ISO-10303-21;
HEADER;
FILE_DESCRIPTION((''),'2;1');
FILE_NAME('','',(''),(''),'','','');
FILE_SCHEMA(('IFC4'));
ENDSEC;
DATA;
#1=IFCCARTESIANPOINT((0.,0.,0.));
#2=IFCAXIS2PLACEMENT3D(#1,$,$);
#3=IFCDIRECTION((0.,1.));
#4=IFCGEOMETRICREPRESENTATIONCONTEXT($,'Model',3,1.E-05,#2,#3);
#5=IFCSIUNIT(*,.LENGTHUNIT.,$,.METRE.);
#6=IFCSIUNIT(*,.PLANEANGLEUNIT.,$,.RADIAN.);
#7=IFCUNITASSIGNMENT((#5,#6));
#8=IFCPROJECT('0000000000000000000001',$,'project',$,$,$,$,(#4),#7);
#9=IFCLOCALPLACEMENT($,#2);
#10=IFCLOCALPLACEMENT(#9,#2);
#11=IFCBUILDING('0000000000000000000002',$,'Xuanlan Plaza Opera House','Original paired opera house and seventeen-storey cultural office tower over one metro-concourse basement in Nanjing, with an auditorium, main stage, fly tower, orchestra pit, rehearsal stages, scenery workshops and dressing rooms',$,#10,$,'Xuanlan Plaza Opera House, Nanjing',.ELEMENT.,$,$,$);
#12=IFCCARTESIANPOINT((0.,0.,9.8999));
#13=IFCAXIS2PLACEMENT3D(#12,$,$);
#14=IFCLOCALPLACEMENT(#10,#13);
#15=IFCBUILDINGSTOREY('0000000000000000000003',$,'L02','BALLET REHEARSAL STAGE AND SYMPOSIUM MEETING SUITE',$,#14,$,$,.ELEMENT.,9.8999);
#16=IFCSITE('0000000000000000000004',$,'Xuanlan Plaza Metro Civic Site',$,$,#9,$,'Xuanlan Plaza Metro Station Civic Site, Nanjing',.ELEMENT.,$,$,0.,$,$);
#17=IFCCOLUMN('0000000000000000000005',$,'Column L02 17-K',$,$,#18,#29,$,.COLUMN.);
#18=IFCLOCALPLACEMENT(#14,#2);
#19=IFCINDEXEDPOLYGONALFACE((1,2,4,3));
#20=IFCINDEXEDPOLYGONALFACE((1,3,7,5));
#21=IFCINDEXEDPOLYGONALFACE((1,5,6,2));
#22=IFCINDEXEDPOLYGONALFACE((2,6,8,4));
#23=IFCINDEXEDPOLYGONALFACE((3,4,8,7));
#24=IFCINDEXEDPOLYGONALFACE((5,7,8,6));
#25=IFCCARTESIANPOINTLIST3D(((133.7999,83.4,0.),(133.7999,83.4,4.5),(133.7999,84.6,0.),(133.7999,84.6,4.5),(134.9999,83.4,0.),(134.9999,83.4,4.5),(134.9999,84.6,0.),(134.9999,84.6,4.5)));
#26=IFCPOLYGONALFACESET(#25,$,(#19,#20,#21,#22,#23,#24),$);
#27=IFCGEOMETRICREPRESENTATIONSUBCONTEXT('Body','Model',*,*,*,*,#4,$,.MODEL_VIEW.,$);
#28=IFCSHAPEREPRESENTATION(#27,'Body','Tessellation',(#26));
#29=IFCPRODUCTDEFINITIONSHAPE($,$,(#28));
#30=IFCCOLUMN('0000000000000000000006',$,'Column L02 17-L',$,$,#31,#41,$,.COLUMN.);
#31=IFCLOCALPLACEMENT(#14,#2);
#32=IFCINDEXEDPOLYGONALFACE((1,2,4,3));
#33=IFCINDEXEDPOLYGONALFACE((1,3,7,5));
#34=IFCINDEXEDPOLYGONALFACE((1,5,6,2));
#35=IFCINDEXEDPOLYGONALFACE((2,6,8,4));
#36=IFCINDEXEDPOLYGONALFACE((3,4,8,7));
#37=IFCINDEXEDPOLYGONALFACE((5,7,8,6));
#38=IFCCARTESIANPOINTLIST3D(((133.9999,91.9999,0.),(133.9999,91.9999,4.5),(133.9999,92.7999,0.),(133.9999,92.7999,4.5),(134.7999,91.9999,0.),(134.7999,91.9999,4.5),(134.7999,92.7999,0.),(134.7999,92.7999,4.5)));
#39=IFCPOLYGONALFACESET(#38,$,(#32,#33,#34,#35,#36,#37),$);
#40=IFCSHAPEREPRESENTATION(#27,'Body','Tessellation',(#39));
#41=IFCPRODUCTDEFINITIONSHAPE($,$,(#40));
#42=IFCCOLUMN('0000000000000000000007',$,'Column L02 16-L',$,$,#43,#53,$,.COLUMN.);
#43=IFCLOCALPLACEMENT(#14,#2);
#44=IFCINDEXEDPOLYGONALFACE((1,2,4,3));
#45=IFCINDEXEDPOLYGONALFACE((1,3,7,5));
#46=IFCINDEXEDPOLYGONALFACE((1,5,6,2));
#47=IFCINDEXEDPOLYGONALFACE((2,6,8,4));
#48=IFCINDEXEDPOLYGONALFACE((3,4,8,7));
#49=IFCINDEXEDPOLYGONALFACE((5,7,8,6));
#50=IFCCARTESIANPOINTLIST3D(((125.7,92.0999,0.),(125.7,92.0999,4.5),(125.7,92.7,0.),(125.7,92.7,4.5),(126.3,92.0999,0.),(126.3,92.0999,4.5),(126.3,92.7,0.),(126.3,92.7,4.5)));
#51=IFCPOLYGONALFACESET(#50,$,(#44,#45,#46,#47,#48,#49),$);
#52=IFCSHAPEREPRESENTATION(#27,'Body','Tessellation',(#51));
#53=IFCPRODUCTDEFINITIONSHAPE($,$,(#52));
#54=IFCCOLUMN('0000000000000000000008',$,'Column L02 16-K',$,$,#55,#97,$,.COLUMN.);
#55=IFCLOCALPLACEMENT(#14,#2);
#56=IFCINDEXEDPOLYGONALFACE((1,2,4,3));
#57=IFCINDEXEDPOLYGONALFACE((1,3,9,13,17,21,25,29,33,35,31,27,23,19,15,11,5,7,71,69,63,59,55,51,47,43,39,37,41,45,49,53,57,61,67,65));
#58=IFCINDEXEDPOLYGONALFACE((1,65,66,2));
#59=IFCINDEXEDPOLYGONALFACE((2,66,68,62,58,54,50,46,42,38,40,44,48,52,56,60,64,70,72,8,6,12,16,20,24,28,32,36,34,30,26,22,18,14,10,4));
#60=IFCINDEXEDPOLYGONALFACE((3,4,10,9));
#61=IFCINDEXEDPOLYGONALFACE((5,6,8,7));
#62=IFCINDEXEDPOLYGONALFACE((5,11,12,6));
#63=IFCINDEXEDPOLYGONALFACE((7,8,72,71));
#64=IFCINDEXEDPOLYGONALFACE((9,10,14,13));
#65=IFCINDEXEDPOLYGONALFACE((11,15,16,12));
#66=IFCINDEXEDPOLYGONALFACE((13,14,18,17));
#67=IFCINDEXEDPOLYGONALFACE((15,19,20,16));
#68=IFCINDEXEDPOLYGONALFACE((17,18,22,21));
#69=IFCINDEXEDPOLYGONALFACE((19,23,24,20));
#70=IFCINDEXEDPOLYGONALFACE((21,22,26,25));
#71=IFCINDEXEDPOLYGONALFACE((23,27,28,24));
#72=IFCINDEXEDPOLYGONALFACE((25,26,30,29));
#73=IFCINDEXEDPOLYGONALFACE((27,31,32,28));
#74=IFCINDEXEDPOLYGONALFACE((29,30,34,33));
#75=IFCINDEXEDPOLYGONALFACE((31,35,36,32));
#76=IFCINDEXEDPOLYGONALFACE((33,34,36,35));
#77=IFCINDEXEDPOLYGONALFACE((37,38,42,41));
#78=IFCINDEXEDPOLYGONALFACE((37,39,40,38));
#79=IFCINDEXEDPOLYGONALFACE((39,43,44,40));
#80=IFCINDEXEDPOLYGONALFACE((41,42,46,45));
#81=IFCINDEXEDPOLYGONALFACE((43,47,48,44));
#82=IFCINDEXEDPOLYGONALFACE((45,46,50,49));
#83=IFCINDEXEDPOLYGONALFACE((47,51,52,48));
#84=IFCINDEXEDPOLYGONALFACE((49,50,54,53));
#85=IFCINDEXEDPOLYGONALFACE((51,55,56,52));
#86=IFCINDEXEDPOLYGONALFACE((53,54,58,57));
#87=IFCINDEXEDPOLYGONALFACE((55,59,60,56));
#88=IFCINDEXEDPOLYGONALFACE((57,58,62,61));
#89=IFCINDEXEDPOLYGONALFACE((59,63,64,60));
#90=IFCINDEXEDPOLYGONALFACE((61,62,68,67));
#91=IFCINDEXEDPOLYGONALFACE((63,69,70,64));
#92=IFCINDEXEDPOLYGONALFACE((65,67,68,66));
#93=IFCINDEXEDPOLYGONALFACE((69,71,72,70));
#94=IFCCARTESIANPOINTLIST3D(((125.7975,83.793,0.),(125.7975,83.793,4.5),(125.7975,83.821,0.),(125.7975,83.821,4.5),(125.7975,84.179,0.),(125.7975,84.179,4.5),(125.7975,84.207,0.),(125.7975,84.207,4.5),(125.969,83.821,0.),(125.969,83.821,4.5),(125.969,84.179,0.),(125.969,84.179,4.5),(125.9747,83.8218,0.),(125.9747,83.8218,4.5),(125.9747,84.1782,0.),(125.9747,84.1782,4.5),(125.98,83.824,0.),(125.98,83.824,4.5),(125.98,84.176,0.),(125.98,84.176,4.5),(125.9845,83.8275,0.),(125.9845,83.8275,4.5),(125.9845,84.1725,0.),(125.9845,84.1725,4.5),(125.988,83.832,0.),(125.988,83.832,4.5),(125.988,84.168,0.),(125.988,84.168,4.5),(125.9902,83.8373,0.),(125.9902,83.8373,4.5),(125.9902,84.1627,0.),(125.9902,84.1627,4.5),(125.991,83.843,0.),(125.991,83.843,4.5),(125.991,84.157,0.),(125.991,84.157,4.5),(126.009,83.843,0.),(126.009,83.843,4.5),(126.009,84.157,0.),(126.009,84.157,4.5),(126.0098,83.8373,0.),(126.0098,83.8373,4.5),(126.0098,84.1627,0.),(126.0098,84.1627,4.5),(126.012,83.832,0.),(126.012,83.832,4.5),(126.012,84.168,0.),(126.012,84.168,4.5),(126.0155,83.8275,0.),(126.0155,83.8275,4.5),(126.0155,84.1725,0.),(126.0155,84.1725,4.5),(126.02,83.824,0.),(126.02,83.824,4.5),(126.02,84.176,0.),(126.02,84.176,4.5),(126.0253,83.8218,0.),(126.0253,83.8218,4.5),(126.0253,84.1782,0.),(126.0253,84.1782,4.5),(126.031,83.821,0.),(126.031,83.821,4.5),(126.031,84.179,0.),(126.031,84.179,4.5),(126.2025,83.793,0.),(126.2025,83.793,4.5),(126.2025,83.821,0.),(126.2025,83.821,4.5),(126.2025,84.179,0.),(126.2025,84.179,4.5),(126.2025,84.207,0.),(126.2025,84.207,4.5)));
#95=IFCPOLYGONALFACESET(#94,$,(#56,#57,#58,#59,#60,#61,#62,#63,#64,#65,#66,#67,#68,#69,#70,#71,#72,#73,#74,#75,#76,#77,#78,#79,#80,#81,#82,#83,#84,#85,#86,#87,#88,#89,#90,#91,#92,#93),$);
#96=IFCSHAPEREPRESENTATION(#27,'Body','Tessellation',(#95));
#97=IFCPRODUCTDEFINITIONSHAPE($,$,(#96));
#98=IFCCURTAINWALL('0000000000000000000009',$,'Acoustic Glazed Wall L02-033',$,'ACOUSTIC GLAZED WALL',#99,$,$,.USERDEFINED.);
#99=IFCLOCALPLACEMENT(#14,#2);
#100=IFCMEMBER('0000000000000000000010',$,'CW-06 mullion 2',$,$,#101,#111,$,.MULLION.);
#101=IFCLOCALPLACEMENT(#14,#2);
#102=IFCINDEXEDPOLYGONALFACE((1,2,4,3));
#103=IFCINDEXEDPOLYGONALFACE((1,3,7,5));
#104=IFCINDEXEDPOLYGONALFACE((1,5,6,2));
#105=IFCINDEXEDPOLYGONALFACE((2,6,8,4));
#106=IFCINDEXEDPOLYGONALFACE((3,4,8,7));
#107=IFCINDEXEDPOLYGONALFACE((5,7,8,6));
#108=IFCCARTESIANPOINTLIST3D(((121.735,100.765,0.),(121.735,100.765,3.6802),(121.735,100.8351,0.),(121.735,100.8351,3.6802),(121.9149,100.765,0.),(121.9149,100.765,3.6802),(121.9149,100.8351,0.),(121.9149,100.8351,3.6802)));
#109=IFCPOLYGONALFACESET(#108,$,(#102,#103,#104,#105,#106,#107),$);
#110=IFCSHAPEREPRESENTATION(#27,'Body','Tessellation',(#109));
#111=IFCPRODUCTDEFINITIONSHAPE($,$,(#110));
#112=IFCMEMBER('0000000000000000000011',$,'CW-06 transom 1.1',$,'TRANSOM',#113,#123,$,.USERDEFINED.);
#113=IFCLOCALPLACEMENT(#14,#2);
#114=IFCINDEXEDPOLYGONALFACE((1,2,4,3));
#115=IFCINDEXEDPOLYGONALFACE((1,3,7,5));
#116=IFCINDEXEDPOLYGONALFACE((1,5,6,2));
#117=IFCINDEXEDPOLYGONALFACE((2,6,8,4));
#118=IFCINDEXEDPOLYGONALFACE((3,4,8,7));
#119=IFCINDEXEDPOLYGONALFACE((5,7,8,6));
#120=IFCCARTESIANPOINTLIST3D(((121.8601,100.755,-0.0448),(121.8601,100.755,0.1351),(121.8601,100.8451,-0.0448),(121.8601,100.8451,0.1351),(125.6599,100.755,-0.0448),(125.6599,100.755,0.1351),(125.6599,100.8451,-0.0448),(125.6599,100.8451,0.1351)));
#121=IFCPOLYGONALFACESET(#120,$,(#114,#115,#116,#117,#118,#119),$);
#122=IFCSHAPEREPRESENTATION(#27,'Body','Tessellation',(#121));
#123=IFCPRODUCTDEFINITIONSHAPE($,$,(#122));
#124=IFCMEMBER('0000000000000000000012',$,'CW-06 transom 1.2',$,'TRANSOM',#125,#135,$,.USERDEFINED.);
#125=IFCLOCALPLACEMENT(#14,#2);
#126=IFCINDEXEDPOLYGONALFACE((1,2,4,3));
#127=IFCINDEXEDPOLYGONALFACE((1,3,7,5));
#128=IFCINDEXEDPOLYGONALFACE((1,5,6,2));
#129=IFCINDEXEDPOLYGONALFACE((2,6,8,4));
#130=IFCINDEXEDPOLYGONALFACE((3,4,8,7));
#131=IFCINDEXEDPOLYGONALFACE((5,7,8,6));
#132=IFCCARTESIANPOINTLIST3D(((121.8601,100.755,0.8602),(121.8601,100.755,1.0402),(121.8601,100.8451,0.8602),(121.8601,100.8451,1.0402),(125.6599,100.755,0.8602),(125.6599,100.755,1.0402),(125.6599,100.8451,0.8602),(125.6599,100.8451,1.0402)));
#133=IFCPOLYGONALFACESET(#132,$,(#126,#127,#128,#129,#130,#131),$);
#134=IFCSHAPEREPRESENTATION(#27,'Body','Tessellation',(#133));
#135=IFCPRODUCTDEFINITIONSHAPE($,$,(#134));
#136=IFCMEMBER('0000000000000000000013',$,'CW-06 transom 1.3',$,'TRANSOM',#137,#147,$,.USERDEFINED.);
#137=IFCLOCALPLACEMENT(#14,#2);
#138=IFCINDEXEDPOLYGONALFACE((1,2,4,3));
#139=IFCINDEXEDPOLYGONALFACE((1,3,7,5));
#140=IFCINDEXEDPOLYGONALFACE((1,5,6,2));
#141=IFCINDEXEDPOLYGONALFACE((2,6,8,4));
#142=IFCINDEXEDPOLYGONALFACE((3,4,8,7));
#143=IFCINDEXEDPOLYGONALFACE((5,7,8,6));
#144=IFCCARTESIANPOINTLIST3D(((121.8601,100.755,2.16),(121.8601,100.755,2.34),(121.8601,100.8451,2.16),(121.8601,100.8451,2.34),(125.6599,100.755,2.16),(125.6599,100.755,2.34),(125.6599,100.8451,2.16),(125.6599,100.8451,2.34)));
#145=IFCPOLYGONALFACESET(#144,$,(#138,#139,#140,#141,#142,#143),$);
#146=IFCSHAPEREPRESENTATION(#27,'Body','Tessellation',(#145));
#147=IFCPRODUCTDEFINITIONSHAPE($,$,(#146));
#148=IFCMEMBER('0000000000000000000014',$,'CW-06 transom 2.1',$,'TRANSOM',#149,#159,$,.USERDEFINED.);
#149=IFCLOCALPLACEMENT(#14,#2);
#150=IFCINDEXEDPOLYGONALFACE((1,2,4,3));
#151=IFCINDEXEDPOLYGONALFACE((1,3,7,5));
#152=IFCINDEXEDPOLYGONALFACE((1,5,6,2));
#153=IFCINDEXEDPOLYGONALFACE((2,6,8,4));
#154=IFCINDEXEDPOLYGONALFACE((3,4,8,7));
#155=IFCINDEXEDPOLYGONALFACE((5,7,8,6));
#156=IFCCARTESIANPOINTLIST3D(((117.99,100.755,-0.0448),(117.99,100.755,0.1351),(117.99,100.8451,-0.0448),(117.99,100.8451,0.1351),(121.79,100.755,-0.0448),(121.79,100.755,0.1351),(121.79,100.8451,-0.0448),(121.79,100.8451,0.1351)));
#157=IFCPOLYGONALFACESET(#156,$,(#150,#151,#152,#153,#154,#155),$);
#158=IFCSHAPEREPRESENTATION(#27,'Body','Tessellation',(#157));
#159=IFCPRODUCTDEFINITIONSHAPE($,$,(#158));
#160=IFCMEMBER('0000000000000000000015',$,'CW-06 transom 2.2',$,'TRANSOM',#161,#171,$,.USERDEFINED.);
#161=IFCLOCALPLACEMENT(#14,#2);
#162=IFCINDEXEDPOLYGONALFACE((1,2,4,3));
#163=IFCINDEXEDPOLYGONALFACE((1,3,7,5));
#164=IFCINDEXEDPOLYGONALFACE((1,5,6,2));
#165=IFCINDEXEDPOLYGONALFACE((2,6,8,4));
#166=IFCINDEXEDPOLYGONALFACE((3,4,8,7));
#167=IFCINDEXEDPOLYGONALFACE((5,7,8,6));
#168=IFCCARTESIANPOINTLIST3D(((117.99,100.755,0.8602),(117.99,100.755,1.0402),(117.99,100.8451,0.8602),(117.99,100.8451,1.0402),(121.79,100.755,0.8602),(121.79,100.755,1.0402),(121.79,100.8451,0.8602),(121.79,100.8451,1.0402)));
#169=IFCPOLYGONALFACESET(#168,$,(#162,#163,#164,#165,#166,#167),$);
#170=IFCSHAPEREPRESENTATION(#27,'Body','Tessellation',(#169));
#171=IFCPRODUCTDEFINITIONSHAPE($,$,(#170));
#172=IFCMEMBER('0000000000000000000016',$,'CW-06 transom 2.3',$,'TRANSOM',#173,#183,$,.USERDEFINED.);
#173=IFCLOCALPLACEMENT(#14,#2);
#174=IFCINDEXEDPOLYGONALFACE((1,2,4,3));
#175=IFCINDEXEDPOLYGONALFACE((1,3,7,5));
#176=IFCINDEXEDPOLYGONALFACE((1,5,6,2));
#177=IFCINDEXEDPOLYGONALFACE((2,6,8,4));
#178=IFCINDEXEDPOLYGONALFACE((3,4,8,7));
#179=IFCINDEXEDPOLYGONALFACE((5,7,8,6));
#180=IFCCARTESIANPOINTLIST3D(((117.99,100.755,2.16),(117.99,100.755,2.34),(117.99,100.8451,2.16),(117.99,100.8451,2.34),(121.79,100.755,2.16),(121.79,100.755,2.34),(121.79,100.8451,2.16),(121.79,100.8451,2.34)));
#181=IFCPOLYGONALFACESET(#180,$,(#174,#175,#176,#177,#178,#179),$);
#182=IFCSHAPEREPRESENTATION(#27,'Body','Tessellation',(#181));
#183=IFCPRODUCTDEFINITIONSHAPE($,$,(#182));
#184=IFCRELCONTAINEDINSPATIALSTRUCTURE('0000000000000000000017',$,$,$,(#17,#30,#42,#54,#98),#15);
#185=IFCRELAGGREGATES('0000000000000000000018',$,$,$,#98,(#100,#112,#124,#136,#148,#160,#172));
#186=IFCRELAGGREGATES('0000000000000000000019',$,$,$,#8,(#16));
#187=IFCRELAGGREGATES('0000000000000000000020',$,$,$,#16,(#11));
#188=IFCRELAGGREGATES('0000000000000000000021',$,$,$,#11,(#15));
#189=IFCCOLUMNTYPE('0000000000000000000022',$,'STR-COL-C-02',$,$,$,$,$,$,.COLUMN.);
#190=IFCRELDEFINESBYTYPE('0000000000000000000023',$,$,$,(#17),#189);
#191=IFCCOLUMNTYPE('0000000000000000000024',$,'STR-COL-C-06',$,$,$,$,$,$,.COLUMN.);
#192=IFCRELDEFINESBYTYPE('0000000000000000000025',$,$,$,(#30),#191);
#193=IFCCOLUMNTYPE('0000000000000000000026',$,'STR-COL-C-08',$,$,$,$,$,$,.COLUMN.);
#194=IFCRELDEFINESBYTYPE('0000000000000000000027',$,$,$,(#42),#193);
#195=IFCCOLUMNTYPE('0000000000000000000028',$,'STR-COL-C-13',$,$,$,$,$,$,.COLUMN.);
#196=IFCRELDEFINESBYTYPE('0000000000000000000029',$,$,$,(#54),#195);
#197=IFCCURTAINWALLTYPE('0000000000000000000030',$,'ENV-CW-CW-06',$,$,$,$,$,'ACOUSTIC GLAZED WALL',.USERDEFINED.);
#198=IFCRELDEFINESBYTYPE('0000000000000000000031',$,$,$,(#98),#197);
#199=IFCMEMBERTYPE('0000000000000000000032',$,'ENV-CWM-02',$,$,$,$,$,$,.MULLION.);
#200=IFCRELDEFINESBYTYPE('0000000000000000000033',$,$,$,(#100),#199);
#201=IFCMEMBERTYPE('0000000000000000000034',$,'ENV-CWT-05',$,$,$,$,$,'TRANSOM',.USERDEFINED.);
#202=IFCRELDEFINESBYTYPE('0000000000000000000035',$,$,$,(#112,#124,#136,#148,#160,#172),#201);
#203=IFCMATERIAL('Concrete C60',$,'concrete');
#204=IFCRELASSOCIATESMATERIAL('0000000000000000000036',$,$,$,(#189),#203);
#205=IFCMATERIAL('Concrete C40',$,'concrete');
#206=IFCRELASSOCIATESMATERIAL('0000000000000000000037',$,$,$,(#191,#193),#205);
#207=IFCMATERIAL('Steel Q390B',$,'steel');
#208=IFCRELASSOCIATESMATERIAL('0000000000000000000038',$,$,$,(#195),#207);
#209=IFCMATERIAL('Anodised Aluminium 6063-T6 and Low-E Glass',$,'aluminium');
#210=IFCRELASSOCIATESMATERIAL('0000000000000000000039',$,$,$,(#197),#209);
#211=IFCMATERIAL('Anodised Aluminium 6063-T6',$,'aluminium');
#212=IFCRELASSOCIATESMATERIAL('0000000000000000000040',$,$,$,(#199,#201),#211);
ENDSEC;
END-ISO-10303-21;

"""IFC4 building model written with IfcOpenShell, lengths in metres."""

from ifc_helpers import new_model, si_unit, direction, frame, origin, origin_2d, place, context, subcontext, project, spatial, rectangle, i_section, extrude, material, material_profile, profile_set, type_object, element, aggregate, save


model = new_model("IFC4")

# Units and contexts
model_context = context("Model", 3, precision=1e-05, world=origin(), true_north=direction((0.0, 1.0)))
body_context = subcontext(model_context, "Body", "Model", "MODEL_VIEW")
ifc_project = project(units=[si_unit("LENGTHUNIT", "METRE"), si_unit("PLANEANGLEUNIT", "RADIAN")], contexts=[model_context])

# Site, building, storey
site_placement = place(None, origin())
site = spatial("IfcSite", under=ifc_project, at=site_placement, Name="Xuanlan Plaza Metro Civic Site", LongName="Xuanlan Plaza Metro Station Civic Site, Nanjing", CompositionType="ELEMENT", RefElevation=0.0)
building_placement = place(site_placement, origin())
building = spatial("IfcBuilding", under=site, at=building_placement, Name="Xuanlan Plaza Opera House", Description="Original paired opera house and seventeen-storey cultural office tower over one metro-concourse basement in Nanjing, with an auditorium, main stage, fly tower, orchestra pit, rehearsal stages, scenery workshops and dressing rooms", LongName="Xuanlan Plaza Opera House, Nanjing", CompositionType="ELEMENT")
storey_placement = place(building_placement, frame((0.0, 0.0, 9.8999)))
storey = spatial("IfcBuildingStorey", under=building, at=storey_placement, Name="L02", Description="BALLET REHEARSAL STAGE AND SYMPOSIUM MEETING SUITE", CompositionType="ELEMENT", Elevation=9.8999)

# Columns
ifc_material_1 = material(Name="Concrete C60", Category="concrete")
ifc_material_profile_1 = material_profile(ifc_material_1, rectangle(XDim=1.2, YDim=1.2, at=origin_2d()), Name="RC-COL 1200x1200")
ifc_profile_set_1 = profile_set([ifc_material_profile_1], Name="Concrete C60")
column_type_1 = type_object("IfcColumnType", Name="STR-COL-C-02", PredefinedType="COLUMN", material=ifc_profile_set_1)
column_1_placement = place(storey_placement, frame((134.3999, 84.0, 0.0), z_axis=(0.0, 0.0, 1.0), x_axis=(1.0, 0.0, 0.0)))
element("IfcColumn", 1, at=column_1_placement, inside=storey, type_object=column_type_1, Name="Column L02 17-K", PredefinedType="COLUMN", context=body_context, shape_type="SweptSolid", body=[
    extrude(rectangle(XDim=1.2, YDim=1.2, at=origin_2d()), origin(), (0.0, 0.0, 1.0), 4.5),
])
ifc_material_2 = material(Name="Concrete C40", Category="concrete")
ifc_material_profile_2 = material_profile(ifc_material_2, rectangle(XDim=0.8, YDim=0.8, at=origin_2d()), Name="RC-COL 800x800")
ifc_profile_set_2 = profile_set([ifc_material_profile_2], Name="Concrete C40")
column_type_2 = type_object("IfcColumnType", Name="STR-COL-C-06", PredefinedType="COLUMN", material=ifc_profile_set_2)
column_2_placement = place(storey_placement, frame((134.3999, 92.3999, 0.0), z_axis=(0.0, 0.0, 1.0), x_axis=(1.0, 0.0, 0.0)))
element("IfcColumn", 2, at=column_2_placement, inside=storey, type_object=column_type_2, Name="Column L02 17-L", PredefinedType="COLUMN", context=body_context, shape_type="SweptSolid", body=[
    extrude(rectangle(XDim=0.8, YDim=0.8, at=origin_2d()), origin(), (0.0, 0.0, 1.0), 4.5),
])
ifc_material_profile_3 = material_profile(ifc_material_2, rectangle(XDim=0.6001, YDim=0.6001, at=origin_2d()), Name="RC-COL 600x600")
ifc_profile_set_3 = profile_set([ifc_material_profile_3], Name="Concrete C40")
column_type_3 = type_object("IfcColumnType", Name="STR-COL-C-08", PredefinedType="COLUMN", material=ifc_profile_set_3)
column_3_placement = place(storey_placement, frame((126.0, 92.3999, 0.0), z_axis=(0.0, 0.0, 1.0), x_axis=(1.0, 0.0, 0.0)))
element("IfcColumn", 3, at=column_3_placement, inside=storey, type_object=column_type_3, Name="Column L02 16-L", PredefinedType="COLUMN", context=body_context, shape_type="SweptSolid", body=[
    extrude(rectangle(XDim=0.6001, YDim=0.6001, at=origin_2d()), origin(), (0.0, 0.0, 1.0), 4.5),
])
ifc_material_3 = material(Name="Steel Q390B", Category="steel")
ifc_material_profile_4 = material_profile(ifc_material_3, i_section(OverallWidth=0.405, OverallDepth=0.4141, WebThickness=0.0181, FlangeThickness=0.0281, FilletRadius=0.022, at=origin_2d()), Name="HW 414x405x18x28")
ifc_profile_set_4 = profile_set([ifc_material_profile_4], Name="Steel Q390B")
column_type_4 = type_object("IfcColumnType", Name="STR-COL-C-13", PredefinedType="COLUMN", material=ifc_profile_set_4)
column_4_placement = place(storey_placement, frame((126.0, 84.0, 0.0), z_axis=(0.0, 0.0, 1.0), x_axis=(1.0, 0.0, 0.0)))
element("IfcColumn", 4, at=column_4_placement, inside=storey, type_object=column_type_4, Name="Column L02 16-K", PredefinedType="COLUMN", context=body_context, shape_type="SweptSolid", body=[
    extrude(i_section(OverallWidth=0.405, OverallDepth=0.4141, WebThickness=0.0181, FlangeThickness=0.0281, FilletRadius=0.022, at=origin_2d()), origin(), (0.0, 0.0, 1.0), 4.5),
])

# Curtain wall, members
ifc_material_4 = material(Name="Anodised Aluminium 6063-T6 and Low-E Glass", Category="aluminium")
curtain_wall_type = type_object("IfcCurtainWallType", Name="ENV-CW-CW-06", ElementType="ACOUSTIC GLAZED WALL", PredefinedType="USERDEFINED", material=ifc_material_4)
curtain_wall_placement = place(storey_placement, origin())
curtain_wall = element("IfcCurtainWall", 5, at=curtain_wall_placement, inside=storey, type_object=curtain_wall_type, Name="Acoustic Glazed Wall L02-033", ObjectType="ACOUSTIC GLAZED WALL", PredefinedType="USERDEFINED")
ifc_material_5 = material(Name="Anodised Aluminium 6063-T6", Category="aluminium")
ifc_material_profile_5 = material_profile(ifc_material_5, rectangle(XDim=0.0701, YDim=0.1799, at=origin_2d()), Name="ALU-M 70x180")
ifc_profile_set_5 = profile_set([ifc_material_profile_5], Name="Anodised Aluminium 6063-T6")
member_type_1 = type_object("IfcMemberType", Name="ENV-CWM-02", PredefinedType="MULLION", material=ifc_profile_set_5)
member_1_placement = place(storey_placement, frame((121.825, 100.8, 0.0), z_axis=(0.0, 0.0, 1.0), x_axis=(0.0, -1.0, 0.0)))
member_1 = element("IfcMember", 6, at=member_1_placement, type_object=member_type_1, Name="CW-06 mullion 2", PredefinedType="MULLION", context=body_context, shape_type="SweptSolid", body=[
    extrude(rectangle(XDim=0.0701, YDim=0.1799, at=origin_2d()), origin(), (0.0, 0.0, 1.0), 3.6802),
])
ifc_material_profile_6 = material_profile(ifc_material_5, rectangle(XDim=0.0901, YDim=0.1799, at=origin_2d()), Name="ALU-T 90x180")
ifc_profile_set_6 = profile_set([ifc_material_profile_6], Name="Anodised Aluminium 6063-T6")
member_type_2 = type_object("IfcMemberType", Name="ENV-CWT-05", ElementType="TRANSOM", PredefinedType="USERDEFINED", material=ifc_profile_set_6)
member_2_placement = place(storey_placement, frame((125.6599, 100.8, 0.0452), z_axis=(-1.0, 0.0, 0.0), x_axis=(0.0, -1.0, 0.0)))
member_2 = element("IfcMember", 7, at=member_2_placement, type_object=member_type_2, Name="CW-06 transom 1.1", ObjectType="TRANSOM", PredefinedType="USERDEFINED", context=body_context, shape_type="SweptSolid", body=[
    extrude(rectangle(XDim=0.0901, YDim=0.1799, at=origin_2d()), origin(), (0.0, 0.0, 1.0), 3.7998),
])
member_3_placement = place(storey_placement, frame((125.6599, 100.8, 0.9502), z_axis=(-1.0, 0.0, 0.0), x_axis=(0.0, -1.0, 0.0)))
member_3 = element("IfcMember", 8, at=member_3_placement, type_object=member_type_2, Name="CW-06 transom 1.2", ObjectType="TRANSOM", PredefinedType="USERDEFINED", context=body_context, shape_type="SweptSolid", body=[
    extrude(rectangle(XDim=0.0901, YDim=0.1799, at=origin_2d()), origin(), (0.0, 0.0, 1.0), 3.7998),
])
member_4_placement = place(storey_placement, frame((125.6599, 100.8, 2.25), z_axis=(-1.0, 0.0, 0.0), x_axis=(0.0, -1.0, 0.0)))
member_4 = element("IfcMember", 9, at=member_4_placement, type_object=member_type_2, Name="CW-06 transom 1.3", ObjectType="TRANSOM", PredefinedType="USERDEFINED", context=body_context, shape_type="SweptSolid", body=[
    extrude(rectangle(XDim=0.0901, YDim=0.1799, at=origin_2d()), origin(), (0.0, 0.0, 1.0), 3.7998),
])
member_5_placement = place(storey_placement, frame((121.79, 100.8, 0.0452), z_axis=(-1.0, 0.0, 0.0), x_axis=(0.0, -1.0, 0.0)))
member_5 = element("IfcMember", 10, at=member_5_placement, type_object=member_type_2, Name="CW-06 transom 2.1", ObjectType="TRANSOM", PredefinedType="USERDEFINED", context=body_context, shape_type="SweptSolid", body=[
    extrude(rectangle(XDim=0.0901, YDim=0.1799, at=origin_2d()), origin(), (0.0, 0.0, 1.0), 3.8),
])
member_6_placement = place(storey_placement, frame((121.79, 100.8, 0.9502), z_axis=(-1.0, 0.0, 0.0), x_axis=(0.0, -1.0, 0.0)))
member_6 = element("IfcMember", 11, at=member_6_placement, type_object=member_type_2, Name="CW-06 transom 2.2", ObjectType="TRANSOM", PredefinedType="USERDEFINED", context=body_context, shape_type="SweptSolid", body=[
    extrude(rectangle(XDim=0.0901, YDim=0.1799, at=origin_2d()), origin(), (0.0, 0.0, 1.0), 3.8),
])
member_7_placement = place(storey_placement, frame((121.79, 100.8, 2.25), z_axis=(-1.0, 0.0, 0.0), x_axis=(0.0, -1.0, 0.0)))
member_7 = element("IfcMember", 12, at=member_7_placement, type_object=member_type_2, Name="CW-06 transom 2.3", ObjectType="TRANSOM", PredefinedType="USERDEFINED", context=body_context, shape_type="SweptSolid", body=[
    extrude(rectangle(XDim=0.0901, YDim=0.1799, at=origin_2d()), origin(), (0.0, 0.0, 1.0), 3.8),
])

aggregate(curtain_wall, [member_1, member_2, member_3, member_4, member_5, member_6, member_7])

save(model, "model.ifc")
